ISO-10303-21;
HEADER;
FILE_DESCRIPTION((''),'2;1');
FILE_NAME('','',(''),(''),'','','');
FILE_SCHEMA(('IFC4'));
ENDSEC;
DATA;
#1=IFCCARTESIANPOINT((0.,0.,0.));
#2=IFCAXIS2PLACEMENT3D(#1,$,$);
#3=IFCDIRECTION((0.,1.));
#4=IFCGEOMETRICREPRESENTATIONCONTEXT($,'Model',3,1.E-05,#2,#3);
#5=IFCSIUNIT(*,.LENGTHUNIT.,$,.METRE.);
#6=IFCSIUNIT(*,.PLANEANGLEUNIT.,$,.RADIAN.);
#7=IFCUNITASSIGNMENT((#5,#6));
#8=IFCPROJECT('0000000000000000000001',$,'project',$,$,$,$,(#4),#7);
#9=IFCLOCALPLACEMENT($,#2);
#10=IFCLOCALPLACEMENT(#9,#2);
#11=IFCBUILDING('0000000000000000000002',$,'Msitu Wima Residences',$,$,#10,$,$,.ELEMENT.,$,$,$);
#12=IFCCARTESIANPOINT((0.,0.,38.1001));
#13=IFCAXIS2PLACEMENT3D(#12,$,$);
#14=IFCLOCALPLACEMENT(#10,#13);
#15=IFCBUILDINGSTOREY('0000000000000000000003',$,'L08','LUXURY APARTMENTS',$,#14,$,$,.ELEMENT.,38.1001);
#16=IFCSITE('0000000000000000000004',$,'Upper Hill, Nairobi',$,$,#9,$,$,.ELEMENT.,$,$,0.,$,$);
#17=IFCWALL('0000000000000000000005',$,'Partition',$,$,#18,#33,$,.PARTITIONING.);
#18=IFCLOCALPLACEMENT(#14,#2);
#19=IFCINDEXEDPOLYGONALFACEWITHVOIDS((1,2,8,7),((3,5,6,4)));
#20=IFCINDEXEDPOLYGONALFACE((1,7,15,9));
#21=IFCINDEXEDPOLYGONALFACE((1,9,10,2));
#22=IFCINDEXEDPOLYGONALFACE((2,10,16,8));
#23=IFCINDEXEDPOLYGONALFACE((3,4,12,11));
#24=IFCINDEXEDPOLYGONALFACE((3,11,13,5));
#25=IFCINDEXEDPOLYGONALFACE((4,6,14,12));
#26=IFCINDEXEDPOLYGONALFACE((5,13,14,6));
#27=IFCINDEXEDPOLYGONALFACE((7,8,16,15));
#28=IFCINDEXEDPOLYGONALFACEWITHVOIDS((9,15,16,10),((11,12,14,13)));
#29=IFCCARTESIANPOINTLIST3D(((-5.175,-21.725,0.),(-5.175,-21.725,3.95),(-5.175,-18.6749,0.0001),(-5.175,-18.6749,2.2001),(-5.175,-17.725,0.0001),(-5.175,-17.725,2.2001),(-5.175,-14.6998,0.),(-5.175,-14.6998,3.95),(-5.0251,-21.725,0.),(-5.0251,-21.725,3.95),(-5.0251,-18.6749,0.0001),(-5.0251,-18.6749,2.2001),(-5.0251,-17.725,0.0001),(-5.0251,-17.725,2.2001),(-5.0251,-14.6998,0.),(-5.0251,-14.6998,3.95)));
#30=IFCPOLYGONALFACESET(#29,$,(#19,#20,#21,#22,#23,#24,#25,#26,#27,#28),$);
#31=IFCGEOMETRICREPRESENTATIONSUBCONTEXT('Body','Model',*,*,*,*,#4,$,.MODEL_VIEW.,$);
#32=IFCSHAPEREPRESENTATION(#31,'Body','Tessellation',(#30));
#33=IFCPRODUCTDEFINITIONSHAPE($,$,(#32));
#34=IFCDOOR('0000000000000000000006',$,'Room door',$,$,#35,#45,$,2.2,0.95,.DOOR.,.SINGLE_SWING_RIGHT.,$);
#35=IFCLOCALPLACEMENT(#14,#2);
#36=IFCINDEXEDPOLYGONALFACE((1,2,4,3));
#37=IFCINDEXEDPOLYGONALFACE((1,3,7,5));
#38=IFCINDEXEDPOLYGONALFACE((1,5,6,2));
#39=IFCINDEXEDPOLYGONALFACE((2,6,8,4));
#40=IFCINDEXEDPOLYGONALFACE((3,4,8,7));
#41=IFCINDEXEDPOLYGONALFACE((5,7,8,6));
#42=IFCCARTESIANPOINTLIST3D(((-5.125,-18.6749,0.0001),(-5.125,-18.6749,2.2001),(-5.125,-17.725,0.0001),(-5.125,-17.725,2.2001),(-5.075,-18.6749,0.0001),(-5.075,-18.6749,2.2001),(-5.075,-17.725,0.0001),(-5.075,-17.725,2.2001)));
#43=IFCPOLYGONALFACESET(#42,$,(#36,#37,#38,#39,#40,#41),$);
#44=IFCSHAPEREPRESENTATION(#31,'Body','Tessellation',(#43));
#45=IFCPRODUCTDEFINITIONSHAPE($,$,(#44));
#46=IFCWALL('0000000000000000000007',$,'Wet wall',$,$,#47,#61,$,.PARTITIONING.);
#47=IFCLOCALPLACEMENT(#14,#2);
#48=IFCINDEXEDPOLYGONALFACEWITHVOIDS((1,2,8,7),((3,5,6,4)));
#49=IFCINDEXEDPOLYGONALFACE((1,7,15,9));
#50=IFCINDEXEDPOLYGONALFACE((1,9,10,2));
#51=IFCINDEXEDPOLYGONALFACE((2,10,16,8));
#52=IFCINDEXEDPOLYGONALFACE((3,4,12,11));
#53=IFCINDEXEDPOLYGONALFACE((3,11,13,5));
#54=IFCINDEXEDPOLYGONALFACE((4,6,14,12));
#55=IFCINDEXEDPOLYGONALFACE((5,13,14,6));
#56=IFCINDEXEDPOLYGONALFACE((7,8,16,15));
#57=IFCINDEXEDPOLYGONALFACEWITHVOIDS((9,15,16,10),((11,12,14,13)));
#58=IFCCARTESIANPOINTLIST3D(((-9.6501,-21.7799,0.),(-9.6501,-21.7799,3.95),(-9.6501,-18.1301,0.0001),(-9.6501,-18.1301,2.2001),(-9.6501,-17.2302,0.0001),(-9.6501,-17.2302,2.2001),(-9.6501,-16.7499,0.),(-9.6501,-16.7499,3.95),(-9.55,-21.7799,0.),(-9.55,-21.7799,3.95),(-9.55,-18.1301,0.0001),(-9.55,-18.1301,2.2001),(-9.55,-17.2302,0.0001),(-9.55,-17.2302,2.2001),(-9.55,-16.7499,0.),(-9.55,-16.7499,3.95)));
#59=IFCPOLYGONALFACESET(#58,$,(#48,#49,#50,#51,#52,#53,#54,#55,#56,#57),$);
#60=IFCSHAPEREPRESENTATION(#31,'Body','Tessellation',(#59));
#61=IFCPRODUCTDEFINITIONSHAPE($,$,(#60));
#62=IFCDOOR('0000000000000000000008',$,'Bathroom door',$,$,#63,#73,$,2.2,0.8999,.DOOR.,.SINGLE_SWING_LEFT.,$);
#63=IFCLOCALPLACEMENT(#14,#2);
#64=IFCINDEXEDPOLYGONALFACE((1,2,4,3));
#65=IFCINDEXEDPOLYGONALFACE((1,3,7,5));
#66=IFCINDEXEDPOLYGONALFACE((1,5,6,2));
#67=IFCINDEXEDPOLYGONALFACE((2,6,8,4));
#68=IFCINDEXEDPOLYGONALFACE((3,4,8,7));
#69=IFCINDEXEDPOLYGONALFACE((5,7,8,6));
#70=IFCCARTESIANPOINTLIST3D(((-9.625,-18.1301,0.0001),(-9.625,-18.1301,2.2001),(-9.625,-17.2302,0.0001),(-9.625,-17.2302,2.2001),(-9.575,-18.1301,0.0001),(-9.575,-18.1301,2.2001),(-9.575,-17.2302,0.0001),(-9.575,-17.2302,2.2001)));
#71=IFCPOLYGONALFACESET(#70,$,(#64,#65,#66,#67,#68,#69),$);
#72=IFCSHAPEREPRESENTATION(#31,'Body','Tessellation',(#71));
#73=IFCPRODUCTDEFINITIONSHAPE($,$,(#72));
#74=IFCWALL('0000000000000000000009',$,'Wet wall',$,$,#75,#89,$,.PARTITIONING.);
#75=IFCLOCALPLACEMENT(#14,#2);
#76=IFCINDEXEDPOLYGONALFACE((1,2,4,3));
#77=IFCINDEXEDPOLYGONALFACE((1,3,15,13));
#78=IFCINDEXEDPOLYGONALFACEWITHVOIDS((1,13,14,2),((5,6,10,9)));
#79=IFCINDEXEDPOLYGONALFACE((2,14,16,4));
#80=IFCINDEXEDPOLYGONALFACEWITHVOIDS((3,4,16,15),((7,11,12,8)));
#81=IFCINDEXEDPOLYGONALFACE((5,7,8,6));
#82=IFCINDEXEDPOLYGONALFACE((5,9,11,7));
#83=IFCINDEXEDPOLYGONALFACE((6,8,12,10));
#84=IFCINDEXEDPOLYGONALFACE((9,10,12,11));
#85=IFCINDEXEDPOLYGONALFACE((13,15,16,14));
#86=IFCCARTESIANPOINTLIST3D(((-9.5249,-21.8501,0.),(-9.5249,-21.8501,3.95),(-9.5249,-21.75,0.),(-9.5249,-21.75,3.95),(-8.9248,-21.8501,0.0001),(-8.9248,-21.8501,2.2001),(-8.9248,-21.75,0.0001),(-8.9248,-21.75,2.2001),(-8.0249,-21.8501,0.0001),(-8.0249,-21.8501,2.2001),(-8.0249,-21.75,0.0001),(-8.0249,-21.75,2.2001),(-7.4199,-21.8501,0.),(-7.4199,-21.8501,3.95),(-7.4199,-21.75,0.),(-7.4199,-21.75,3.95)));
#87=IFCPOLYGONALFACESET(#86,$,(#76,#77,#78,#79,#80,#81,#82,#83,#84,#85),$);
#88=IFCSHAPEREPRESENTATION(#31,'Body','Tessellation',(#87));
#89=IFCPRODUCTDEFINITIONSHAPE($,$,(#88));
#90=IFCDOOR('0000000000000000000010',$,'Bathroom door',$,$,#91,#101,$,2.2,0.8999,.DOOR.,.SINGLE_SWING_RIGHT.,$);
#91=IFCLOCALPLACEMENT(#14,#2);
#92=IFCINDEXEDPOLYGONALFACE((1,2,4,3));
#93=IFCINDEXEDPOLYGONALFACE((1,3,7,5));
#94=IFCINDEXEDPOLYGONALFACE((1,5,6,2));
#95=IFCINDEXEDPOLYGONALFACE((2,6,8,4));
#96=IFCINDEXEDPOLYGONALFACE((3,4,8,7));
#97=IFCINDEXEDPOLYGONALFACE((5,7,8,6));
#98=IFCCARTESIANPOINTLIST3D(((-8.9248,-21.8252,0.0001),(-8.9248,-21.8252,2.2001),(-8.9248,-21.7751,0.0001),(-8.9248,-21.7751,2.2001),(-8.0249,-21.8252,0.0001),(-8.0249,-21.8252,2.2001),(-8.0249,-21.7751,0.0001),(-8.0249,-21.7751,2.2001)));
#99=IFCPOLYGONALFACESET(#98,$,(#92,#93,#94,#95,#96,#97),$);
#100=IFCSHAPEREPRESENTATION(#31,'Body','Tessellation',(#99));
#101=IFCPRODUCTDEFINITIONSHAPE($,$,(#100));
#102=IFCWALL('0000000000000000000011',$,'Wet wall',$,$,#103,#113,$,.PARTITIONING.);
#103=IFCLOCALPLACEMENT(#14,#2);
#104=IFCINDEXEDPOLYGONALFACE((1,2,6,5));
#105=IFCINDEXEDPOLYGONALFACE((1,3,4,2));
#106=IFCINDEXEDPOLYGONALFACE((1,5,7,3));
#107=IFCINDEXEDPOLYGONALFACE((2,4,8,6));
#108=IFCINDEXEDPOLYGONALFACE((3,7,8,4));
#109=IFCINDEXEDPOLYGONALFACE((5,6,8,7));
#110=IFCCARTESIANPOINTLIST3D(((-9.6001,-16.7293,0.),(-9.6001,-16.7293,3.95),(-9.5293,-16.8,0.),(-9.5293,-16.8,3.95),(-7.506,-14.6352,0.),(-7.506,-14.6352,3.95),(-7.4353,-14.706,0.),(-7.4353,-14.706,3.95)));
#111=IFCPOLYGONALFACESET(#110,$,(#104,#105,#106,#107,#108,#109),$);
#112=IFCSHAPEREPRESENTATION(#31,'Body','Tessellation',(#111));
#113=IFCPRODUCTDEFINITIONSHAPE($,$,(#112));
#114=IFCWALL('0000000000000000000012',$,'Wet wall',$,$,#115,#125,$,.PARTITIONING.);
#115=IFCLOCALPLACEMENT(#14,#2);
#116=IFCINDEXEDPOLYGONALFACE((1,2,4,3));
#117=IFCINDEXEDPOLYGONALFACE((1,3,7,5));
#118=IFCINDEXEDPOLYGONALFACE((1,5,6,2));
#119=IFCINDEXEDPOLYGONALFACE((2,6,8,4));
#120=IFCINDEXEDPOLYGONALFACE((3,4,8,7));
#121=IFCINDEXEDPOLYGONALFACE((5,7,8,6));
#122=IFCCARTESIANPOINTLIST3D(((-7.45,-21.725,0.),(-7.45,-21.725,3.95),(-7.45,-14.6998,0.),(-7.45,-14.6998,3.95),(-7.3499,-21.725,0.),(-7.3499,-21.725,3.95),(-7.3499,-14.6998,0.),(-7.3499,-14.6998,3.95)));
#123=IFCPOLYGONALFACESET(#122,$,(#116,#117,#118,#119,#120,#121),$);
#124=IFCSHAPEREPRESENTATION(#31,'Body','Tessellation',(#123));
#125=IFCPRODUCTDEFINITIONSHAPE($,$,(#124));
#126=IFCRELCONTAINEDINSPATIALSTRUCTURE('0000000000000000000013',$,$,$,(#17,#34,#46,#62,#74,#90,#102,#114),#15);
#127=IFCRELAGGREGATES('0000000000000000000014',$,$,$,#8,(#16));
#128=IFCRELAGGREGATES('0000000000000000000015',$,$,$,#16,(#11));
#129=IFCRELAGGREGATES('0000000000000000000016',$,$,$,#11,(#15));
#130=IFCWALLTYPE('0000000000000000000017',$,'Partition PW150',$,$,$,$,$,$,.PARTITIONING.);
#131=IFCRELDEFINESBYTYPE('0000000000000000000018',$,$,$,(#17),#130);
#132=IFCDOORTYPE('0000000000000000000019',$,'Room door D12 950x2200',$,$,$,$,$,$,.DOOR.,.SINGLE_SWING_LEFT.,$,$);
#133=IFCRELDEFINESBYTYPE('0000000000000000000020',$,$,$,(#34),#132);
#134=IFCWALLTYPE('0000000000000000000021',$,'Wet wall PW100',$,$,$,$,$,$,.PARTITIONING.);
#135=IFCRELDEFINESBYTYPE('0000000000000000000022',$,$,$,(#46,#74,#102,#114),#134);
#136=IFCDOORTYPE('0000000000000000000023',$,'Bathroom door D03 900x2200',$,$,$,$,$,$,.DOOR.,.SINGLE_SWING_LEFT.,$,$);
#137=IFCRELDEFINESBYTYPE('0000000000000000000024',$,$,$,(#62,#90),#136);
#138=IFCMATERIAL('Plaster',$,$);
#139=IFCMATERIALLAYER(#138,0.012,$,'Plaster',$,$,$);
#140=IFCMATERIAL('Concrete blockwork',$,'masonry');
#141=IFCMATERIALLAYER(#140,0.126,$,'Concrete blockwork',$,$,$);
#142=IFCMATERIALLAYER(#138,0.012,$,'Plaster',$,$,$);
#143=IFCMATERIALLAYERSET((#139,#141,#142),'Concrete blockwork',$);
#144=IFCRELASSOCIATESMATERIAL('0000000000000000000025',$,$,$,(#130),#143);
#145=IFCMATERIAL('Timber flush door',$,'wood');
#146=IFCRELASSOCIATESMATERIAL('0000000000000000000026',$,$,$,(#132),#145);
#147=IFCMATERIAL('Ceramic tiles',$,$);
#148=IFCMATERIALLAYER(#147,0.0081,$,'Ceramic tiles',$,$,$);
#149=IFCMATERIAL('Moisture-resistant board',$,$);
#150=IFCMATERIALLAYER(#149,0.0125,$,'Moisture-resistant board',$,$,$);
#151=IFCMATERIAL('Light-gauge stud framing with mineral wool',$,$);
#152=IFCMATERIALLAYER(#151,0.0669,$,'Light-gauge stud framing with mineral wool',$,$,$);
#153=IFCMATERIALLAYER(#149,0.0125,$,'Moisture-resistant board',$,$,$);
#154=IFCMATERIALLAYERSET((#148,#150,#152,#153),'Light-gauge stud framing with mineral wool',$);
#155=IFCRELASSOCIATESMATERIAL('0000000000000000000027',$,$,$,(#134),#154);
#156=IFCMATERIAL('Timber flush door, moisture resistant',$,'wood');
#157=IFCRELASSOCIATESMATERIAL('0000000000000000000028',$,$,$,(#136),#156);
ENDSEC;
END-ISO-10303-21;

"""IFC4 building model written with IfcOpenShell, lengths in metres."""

from ifc_helpers import new_model, si_unit, direction, frame, frame_2d, origin, place, context, subcontext, project, spatial, rectangle, extrude, material, layer, layer_set, type_object, element, fill, save


model = new_model("IFC4")

# Units and contexts
model_context = context("Model", 3, precision=1e-05, world=origin(), true_north=direction((0.0, 1.0)))
body_context = subcontext(model_context, "Body", "Model", "MODEL_VIEW")
ifc_project = project(units=[si_unit("LENGTHUNIT", "METRE"), si_unit("PLANEANGLEUNIT", "RADIAN")], contexts=[model_context])

# Site, building, storey
site_placement = place(None, origin())
site = spatial("IfcSite", under=ifc_project, at=site_placement, Name="Upper Hill, Nairobi", CompositionType="ELEMENT", RefElevation=0.0)
building_placement = place(site_placement, origin())
building = spatial("IfcBuilding", under=site, at=building_placement, Name="Msitu Wima Residences", CompositionType="ELEMENT")
storey_placement = place(building_placement, frame((0.0, 0.0, 38.1001)))
storey = spatial("IfcBuildingStorey", under=building, at=storey_placement, Name="L08", Description="LUXURY APARTMENTS", CompositionType="ELEMENT", Elevation=38.1001)

# Shared definitions
ifc_material_1 = material(Name="Plaster")
ifc_layer_1 = layer(ifc_material_1, 0.012, Name="Plaster")
ifc_material_2 = material(Name="Concrete blockwork", Category="masonry")
ifc_layer_2 = layer(ifc_material_2, 0.126, Name="Concrete blockwork")
ifc_layer_3 = layer(ifc_material_1, 0.012, Name="Plaster")
ifc_layer_set_1 = layer_set([ifc_layer_1, ifc_layer_2, ifc_layer_3], Name="Concrete blockwork")
wall_type_1 = type_object("IfcWallType", Name="Partition PW150", PredefinedType="PARTITIONING", material=ifc_layer_set_1)

# Walls, openings, doors
ifc_material_3 = material(Name="Timber flush door", Category="wood")
door_type_1 = type_object("IfcDoorType", Name="Room door D12 950x2200", OperationType="SINGLE_SWING_LEFT", PredefinedType="DOOR", material=ifc_material_3)
wall_1_placement = place(storey_placement, frame((-5.1001, -21.7251, 0.0), z_axis=(0.0, 0.0, 1.0), x_axis=(0.0, 1.0, 0.0)))
wall_1 = element("IfcWall", 1, at=wall_1_placement, inside=storey, type_object=wall_type_1, Name="Partition", PredefinedType="PARTITIONING", context=body_context, shape_type="SweptSolid", body=[
    extrude(rectangle(XDim=7.0251, YDim=0.1499, at=frame_2d((3.5127, 0.0))), origin(), (0.0, 0.0, 1.0), 3.95),
])
opening_1_placement = place(wall_1_placement, frame((3.05, 0.0, 0.0)))
opening_1 = element("IfcOpeningElement", 2, at=opening_1_placement, cuts=wall_1, PredefinedType="OPENING", context=body_context, shape_type="SweptSolid", body=[
    extrude(rectangle(XDim=0.95, YDim=2.2, at=frame_2d((0.4751, 1.1001))), frame((0.0, 0.085, 0.0), z_axis=(0.0, -1.0, 0.0), x_axis=(1.0, 0.0, 0.0)), (0.0, 0.0, 1.0), 0.1699),
])
door_1_placement = place(opening_1_placement, origin())
door_1 = element("IfcDoor", 3, at=door_1_placement, inside=storey, type_object=door_type_1, Name="Room door", OperationType="SINGLE_SWING_RIGHT", OverallHeight=2.2, OverallWidth=0.95, PredefinedType="DOOR", context=body_context, shape_type="SweptSolid", body=[
    extrude(rectangle(XDim=0.95, YDim=2.2, at=frame_2d((0.4751, 1.1001))), frame((0.0, 0.0249, 0.0), z_axis=(0.0, -1.0, 0.0), x_axis=(1.0, 0.0, 0.0)), (0.0, 0.0, 1.0), 0.05),
])
fill(opening_1, door_1)
ifc_material_4 = material(Name="Ceramic tiles")
ifc_layer_4 = layer(ifc_material_4, 0.0081, Name="Ceramic tiles")
ifc_material_5 = material(Name="Moisture-resistant board")
ifc_layer_5 = layer(ifc_material_5, 0.0125, Name="Moisture-resistant board")
ifc_material_6 = material(Name="Light-gauge stud framing with mineral wool")
ifc_layer_6 = layer(ifc_material_6, 0.0669, Name="Light-gauge stud framing with mineral wool")
ifc_layer_7 = layer(ifc_material_5, 0.0125, Name="Moisture-resistant board")
ifc_layer_set_2 = layer_set([ifc_layer_4, ifc_layer_5, ifc_layer_6, ifc_layer_7], Name="Light-gauge stud framing with mineral wool")
wall_type_2 = type_object("IfcWallType", Name="Wet wall PW100", PredefinedType="PARTITIONING", material=ifc_layer_set_2)
wall_2_placement = place(storey_placement, frame((-9.6001, -21.78, 0.0), z_axis=(0.0, 0.0, 1.0), x_axis=(0.0, 1.0, 0.0)))
wall_2 = element("IfcWall", 4, at=wall_2_placement, inside=storey, type_object=wall_type_2, Name="Wet wall", PredefinedType="PARTITIONING", context=body_context, shape_type="SweptSolid", body=[
    extrude(rectangle(XDim=5.03, YDim=0.1001, at=frame_2d((2.5151, 0.0))), origin(), (0.0, 0.0, 1.0), 3.95),
])
opening_2_placement = place(wall_2_placement, frame((3.6499, 0.0, 0.0)))
opening_2 = element("IfcOpeningElement", 5, at=opening_2_placement, cuts=wall_2, PredefinedType="OPENING", context=body_context, shape_type="SweptSolid", body=[
    extrude(rectangle(XDim=0.8999, YDim=2.2, at=frame_2d((0.45, 1.1001))), frame((0.0, 0.0601, 0.0), z_axis=(0.0, -1.0, 0.0), x_axis=(1.0, 0.0, 0.0)), (0.0, 0.0, 1.0), 0.1201),
])
ifc_material_7 = material(Name="Timber flush door, moisture resistant", Category="wood")
door_type_2 = type_object("IfcDoorType", Name="Bathroom door D03 900x2200", OperationType="SINGLE_SWING_LEFT", PredefinedType="DOOR", material=ifc_material_7)
door_2_placement = place(opening_2_placement, origin())
door_2 = element("IfcDoor", 6, at=door_2_placement, inside=storey, type_object=door_type_2, Name="Bathroom door", OperationType="SINGLE_SWING_LEFT", OverallHeight=2.2, OverallWidth=0.8999, PredefinedType="DOOR", context=body_context, shape_type="SweptSolid", body=[
    extrude(rectangle(XDim=0.8999, YDim=2.2, at=frame_2d((0.45, 1.1001))), frame((0.0, 0.0249, 0.0), z_axis=(0.0, -1.0, 0.0), x_axis=(1.0, 0.0, 0.0)), (0.0, 0.0, 1.0), 0.05),
])
fill(opening_2, door_2)
wall_3_placement = place(storey_placement, frame((-9.5249, -21.8, 0.0), z_axis=(0.0, 0.0, 1.0), x_axis=(1.0, 0.0, 0.0)))
wall_3 = element("IfcWall", 7, at=wall_3_placement, inside=storey, type_object=wall_type_2, Name="Wet wall", PredefinedType="PARTITIONING", context=body_context, shape_type="SweptSolid", body=[
    extrude(rectangle(XDim=2.105, YDim=0.1001, at=frame_2d((1.0525, 0.0))), origin(), (0.0, 0.0, 1.0), 3.95),
])
opening_3_placement = place(wall_3_placement, frame((0.6001, 0.0, 0.0)))
opening_3 = element("IfcOpeningElement", 8, at=opening_3_placement, cuts=wall_3, PredefinedType="OPENING", context=body_context, shape_type="SweptSolid", body=[
    extrude(rectangle(XDim=0.8999, YDim=2.2, at=frame_2d((0.45, 1.1001))), frame((0.0, 0.0601, 0.0), z_axis=(0.0, -1.0, 0.0), x_axis=(1.0, 0.0, 0.0)), (0.0, 0.0, 1.0), 0.1201),
])
door_3_placement = place(opening_3_placement, origin())
door_3 = element("IfcDoor", 9, at=door_3_placement, inside=storey, type_object=door_type_2, Name="Bathroom door", OperationType="SINGLE_SWING_RIGHT", OverallHeight=2.2, OverallWidth=0.8999, PredefinedType="DOOR", context=body_context, shape_type="SweptSolid", body=[
    extrude(rectangle(XDim=0.8999, YDim=2.2, at=frame_2d((0.45, 1.1001))), frame((0.0, 0.0249, 0.0), z_axis=(0.0, -1.0, 0.0), x_axis=(1.0, 0.0, 0.0)), (0.0, 0.0, 1.0), 0.05),
])
fill(opening_3, door_3)

# Walls
wall_4_placement = place(storey_placement, frame((-9.5647, -16.7646, 0.0), z_axis=(0.0, 0.0, 1.0), x_axis=(0.707107, 0.707107, 0.0)))
element("IfcWall", 10, at=wall_4_placement, inside=storey, type_object=wall_type_2, Name="Wet wall", PredefinedType="PARTITIONING", context=body_context, shape_type="SweptSolid", body=[
    extrude(rectangle(XDim=2.9614, YDim=0.1001, at=frame_2d((1.4807, 0.0))), origin(), (0.0, 0.0, 1.0), 3.95),
])
wall_5_placement = place(storey_placement, frame((-7.3999, -21.7251, 0.0), z_axis=(0.0, 0.0, 1.0), x_axis=(0.0, 1.0, 0.0)))
element("IfcWall", 11, at=wall_5_placement, inside=storey, type_object=wall_type_2, Name="Wet wall", PredefinedType="PARTITIONING", context=body_context, shape_type="SweptSolid", body=[
    extrude(rectangle(XDim=7.0251, YDim=0.1001, at=frame_2d((3.5127, 0.0))), origin(), (0.0, 0.0, 1.0), 3.95),
])

save(model, "model.ifc")
